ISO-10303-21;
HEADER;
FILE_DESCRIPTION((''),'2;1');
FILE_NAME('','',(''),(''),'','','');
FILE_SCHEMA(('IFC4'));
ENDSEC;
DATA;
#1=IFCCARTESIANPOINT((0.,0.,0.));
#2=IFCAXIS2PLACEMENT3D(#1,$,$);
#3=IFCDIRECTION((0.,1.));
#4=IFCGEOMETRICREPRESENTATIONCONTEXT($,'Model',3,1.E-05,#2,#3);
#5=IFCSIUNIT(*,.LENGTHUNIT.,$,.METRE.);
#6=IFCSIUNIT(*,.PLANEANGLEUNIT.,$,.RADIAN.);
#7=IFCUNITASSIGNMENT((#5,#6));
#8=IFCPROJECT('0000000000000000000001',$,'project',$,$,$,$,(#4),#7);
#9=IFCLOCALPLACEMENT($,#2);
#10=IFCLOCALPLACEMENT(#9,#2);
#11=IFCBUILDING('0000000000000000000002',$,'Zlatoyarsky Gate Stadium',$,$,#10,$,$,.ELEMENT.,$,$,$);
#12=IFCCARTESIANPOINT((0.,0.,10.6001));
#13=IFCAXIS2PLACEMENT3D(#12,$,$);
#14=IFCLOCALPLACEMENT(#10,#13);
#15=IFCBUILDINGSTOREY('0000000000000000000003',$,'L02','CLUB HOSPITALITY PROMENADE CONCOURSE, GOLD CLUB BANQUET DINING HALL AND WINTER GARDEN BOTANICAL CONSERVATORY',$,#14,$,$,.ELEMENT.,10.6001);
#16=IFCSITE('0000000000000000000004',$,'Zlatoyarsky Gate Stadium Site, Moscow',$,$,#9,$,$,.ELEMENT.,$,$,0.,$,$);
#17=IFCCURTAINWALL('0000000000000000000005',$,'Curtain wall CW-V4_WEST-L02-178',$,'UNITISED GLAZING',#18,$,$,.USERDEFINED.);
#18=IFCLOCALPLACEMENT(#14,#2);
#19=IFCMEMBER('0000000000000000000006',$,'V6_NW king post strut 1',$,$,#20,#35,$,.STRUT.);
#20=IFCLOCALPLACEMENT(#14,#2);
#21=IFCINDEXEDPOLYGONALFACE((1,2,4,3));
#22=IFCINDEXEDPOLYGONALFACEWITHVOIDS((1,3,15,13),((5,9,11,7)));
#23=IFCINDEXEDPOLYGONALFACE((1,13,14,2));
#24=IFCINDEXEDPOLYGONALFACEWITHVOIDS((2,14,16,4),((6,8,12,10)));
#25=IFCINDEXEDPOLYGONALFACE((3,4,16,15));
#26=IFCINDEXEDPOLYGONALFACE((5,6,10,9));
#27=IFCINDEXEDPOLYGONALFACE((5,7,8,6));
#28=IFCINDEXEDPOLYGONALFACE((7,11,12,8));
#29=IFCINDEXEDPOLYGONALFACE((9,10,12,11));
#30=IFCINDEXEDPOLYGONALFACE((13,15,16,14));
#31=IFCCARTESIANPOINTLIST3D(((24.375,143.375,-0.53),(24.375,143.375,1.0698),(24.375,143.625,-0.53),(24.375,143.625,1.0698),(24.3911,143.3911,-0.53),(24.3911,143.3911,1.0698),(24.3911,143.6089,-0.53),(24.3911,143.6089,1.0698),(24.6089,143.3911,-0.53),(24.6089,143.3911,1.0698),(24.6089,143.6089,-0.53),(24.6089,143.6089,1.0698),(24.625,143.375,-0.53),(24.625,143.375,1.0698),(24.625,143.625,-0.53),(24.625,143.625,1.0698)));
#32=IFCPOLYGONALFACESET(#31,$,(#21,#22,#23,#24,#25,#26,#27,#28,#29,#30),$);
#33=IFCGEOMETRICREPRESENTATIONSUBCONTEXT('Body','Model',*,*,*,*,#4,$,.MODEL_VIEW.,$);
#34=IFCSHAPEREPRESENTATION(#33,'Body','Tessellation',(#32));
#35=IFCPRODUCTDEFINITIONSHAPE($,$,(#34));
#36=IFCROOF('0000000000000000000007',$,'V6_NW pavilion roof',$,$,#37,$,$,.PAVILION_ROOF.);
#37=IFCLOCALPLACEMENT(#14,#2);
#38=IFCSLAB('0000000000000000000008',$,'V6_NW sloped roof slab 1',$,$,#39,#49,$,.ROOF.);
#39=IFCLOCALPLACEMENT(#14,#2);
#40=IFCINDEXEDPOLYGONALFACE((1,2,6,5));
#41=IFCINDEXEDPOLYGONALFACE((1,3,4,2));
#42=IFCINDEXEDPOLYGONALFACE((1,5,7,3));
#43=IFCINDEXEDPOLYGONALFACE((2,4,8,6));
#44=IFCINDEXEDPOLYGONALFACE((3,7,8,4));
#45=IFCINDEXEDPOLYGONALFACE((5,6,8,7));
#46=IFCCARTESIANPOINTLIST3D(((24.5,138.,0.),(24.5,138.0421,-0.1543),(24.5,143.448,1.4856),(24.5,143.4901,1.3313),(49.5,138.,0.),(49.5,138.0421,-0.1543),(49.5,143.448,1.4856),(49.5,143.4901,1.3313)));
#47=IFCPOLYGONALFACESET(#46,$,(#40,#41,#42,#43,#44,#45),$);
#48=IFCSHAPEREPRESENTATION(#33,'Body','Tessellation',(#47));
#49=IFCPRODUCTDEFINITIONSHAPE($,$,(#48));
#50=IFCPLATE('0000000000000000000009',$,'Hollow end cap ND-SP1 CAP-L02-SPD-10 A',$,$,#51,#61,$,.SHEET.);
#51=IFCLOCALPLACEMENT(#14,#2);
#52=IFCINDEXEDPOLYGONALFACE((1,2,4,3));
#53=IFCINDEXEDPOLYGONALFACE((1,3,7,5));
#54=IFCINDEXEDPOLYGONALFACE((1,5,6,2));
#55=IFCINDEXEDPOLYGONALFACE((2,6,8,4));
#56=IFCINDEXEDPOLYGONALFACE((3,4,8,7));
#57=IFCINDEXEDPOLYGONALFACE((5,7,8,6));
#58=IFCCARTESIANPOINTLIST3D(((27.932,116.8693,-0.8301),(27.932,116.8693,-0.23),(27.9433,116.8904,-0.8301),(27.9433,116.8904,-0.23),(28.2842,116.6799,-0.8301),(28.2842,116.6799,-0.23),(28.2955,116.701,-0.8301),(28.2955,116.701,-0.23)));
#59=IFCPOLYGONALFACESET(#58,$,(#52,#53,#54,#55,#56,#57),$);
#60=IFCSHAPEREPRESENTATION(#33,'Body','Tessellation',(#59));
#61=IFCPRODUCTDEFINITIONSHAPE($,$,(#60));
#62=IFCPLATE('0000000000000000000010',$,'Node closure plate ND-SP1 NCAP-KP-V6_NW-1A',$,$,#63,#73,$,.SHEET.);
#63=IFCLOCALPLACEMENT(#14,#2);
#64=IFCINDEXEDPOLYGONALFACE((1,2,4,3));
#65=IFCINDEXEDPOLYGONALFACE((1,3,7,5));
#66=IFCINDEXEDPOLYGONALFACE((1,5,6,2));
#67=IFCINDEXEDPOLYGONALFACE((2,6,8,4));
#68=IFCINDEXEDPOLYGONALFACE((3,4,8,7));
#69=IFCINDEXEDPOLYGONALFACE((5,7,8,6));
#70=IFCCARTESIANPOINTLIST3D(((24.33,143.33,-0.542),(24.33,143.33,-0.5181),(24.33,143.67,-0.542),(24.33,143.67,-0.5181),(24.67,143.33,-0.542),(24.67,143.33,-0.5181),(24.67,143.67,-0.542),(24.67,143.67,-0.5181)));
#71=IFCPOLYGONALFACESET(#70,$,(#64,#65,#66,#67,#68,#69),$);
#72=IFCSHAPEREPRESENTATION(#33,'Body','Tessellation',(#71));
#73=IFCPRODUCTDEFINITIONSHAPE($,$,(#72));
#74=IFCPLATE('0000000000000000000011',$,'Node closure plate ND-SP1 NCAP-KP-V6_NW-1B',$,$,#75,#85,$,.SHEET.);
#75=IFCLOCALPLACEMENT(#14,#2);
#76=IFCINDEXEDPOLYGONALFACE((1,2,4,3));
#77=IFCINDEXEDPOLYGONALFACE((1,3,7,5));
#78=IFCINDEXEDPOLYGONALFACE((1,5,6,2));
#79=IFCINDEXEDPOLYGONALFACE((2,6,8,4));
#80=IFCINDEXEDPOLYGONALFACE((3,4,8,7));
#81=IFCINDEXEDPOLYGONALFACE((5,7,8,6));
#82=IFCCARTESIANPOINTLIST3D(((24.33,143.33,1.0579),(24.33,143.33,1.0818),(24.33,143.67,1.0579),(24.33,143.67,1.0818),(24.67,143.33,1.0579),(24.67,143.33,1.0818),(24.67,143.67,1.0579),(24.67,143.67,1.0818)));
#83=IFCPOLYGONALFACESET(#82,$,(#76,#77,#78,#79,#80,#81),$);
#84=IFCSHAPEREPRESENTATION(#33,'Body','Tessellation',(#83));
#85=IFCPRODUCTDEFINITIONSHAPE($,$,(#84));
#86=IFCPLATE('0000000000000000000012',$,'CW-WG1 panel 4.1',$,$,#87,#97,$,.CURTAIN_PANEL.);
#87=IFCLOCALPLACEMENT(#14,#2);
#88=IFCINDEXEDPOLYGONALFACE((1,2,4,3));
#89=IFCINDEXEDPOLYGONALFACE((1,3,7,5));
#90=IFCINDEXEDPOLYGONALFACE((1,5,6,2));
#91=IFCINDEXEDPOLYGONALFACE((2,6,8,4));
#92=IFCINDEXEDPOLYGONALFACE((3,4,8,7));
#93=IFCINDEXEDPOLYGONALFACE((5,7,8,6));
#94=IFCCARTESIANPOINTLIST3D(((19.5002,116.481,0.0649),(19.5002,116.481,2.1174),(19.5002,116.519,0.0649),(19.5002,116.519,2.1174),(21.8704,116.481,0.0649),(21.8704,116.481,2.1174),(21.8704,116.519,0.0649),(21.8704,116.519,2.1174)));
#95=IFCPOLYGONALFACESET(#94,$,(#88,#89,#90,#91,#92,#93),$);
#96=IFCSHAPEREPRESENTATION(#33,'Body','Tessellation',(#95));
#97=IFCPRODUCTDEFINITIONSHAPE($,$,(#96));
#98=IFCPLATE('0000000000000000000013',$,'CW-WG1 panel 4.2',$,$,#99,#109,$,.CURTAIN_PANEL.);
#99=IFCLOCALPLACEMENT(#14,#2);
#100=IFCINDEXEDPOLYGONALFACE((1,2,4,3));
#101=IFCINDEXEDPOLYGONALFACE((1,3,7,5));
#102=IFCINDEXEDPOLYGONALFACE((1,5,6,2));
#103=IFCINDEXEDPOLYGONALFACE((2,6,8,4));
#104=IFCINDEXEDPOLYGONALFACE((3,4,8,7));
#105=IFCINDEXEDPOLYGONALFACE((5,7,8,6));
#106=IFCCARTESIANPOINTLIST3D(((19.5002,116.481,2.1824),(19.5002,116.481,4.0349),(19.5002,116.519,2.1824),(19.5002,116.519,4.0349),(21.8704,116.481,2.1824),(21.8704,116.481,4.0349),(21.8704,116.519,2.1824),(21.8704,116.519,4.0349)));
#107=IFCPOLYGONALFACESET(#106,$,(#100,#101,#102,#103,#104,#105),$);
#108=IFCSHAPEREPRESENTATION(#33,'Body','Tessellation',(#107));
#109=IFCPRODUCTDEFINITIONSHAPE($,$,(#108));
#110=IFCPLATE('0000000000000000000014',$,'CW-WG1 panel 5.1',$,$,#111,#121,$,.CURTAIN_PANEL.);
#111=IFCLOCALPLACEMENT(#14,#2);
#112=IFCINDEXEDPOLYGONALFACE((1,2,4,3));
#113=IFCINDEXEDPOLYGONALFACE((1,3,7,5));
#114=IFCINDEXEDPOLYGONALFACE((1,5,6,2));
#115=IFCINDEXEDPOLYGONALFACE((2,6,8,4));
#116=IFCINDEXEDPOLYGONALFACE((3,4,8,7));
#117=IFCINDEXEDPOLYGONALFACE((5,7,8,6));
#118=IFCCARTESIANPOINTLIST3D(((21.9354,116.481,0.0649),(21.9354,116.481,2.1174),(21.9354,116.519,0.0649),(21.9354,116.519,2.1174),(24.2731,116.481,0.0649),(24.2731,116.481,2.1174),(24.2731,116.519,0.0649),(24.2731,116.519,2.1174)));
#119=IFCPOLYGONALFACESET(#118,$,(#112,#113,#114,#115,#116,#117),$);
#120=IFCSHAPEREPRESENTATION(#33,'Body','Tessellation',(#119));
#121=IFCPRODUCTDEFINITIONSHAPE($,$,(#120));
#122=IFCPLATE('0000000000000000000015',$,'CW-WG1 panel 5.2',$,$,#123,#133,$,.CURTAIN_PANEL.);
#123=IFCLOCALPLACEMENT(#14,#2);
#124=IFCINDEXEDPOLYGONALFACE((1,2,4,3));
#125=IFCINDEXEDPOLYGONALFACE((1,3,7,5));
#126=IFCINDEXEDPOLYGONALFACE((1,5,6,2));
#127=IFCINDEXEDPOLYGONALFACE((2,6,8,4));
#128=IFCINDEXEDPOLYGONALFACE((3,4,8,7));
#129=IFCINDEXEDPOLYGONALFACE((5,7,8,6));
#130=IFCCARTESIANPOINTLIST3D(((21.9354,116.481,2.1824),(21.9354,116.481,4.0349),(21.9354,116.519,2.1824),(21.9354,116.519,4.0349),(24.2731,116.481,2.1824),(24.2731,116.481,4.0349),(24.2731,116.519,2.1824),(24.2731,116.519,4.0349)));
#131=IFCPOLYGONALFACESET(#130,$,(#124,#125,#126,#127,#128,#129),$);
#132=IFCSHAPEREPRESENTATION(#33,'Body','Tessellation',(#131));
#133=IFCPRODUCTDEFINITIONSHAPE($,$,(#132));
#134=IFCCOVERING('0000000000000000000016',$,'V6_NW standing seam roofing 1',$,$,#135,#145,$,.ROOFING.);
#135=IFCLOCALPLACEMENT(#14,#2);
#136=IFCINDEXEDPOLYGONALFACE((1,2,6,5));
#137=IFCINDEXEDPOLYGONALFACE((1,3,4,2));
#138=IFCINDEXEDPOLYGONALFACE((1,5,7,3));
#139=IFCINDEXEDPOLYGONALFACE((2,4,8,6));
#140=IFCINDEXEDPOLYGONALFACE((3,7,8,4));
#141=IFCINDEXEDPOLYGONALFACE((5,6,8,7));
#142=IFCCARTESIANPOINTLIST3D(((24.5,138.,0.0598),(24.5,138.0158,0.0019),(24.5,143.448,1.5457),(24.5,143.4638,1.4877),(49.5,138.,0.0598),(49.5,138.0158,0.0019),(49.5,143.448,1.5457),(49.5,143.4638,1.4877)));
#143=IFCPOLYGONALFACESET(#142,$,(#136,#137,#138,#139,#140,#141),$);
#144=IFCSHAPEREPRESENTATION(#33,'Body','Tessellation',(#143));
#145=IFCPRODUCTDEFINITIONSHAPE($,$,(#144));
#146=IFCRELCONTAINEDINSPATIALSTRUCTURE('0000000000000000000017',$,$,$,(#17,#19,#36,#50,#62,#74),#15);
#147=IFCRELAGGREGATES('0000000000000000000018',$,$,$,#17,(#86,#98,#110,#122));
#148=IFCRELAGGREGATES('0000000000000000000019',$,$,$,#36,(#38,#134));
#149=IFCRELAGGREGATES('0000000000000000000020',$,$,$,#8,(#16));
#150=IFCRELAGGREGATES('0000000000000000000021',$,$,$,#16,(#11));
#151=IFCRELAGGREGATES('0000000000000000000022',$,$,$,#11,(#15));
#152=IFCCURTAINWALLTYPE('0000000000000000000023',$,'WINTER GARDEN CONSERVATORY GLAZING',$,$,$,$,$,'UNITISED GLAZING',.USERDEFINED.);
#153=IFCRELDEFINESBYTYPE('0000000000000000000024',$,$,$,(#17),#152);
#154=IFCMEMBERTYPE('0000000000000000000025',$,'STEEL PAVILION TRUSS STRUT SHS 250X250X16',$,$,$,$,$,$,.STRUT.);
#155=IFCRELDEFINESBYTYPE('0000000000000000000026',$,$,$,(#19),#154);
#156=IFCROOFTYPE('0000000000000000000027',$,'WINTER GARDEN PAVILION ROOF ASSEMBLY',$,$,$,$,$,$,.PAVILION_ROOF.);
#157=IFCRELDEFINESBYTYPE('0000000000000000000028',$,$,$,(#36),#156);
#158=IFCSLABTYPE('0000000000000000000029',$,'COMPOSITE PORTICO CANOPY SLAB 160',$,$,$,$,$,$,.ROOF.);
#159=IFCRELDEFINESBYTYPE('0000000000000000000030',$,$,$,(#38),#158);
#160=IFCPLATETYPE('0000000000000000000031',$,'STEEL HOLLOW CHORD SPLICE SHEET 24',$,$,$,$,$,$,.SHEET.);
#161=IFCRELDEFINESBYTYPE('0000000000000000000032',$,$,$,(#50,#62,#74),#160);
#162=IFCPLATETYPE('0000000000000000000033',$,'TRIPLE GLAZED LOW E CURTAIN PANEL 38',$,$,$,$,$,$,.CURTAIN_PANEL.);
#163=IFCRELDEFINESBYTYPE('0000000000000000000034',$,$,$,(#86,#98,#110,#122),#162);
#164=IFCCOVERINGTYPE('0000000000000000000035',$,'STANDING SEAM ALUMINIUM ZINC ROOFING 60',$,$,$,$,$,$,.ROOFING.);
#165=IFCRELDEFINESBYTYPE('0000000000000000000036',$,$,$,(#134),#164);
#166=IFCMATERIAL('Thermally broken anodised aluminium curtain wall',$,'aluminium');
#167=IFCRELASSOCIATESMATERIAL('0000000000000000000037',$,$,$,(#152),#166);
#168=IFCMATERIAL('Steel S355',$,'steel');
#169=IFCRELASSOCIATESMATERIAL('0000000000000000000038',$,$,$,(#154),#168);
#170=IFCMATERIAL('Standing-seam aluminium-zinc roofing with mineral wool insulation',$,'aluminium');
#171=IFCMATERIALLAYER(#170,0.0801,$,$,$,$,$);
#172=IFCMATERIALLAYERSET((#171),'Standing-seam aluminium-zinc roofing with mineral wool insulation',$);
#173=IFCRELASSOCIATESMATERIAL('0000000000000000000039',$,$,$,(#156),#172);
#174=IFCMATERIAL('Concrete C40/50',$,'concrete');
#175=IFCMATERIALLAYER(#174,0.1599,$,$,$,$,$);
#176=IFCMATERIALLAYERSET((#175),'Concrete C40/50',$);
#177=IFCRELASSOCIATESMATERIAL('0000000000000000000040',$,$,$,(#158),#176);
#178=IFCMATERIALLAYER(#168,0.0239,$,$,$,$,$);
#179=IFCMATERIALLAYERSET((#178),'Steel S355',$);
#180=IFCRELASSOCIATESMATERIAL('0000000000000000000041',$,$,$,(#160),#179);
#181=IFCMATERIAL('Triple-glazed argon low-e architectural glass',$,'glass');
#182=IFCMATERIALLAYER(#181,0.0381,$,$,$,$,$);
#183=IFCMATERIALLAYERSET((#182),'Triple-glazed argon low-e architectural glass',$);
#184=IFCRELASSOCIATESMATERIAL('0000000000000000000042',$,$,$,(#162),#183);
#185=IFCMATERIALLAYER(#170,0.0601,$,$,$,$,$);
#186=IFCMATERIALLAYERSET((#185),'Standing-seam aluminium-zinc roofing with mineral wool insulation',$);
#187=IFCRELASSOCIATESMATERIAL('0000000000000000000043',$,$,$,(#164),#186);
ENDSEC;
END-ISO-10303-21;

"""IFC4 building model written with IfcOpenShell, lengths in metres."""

from ifc_helpers import new_model, si_unit, direction, frame, origin, origin_2d, place, context, subcontext, project, spatial, polyline, rectangle, hollow_rectangle, outline, extrude, material, layer, layer_set, material_profile, profile_set, type_object, element, aggregate, save


model = new_model("IFC4")

# Units and contexts
model_context = context("Model", 3, precision=1e-05, world=origin(), true_north=direction((0.0, 1.0)))
body_context = subcontext(model_context, "Body", "Model", "MODEL_VIEW")
ifc_project = project(units=[si_unit("LENGTHUNIT", "METRE"), si_unit("PLANEANGLEUNIT", "RADIAN")], contexts=[model_context])

# Site, building, storey
site_placement = place(None, origin())
site = spatial("IfcSite", under=ifc_project, at=site_placement, Name="Zlatoyarsky Gate Stadium Site, Moscow", CompositionType="ELEMENT", RefElevation=0.0)
building_placement = place(site_placement, origin())
building = spatial("IfcBuilding", under=site, at=building_placement, Name="Zlatoyarsky Gate Stadium", CompositionType="ELEMENT")
storey_placement = place(building_placement, frame((0.0, 0.0, 10.6001)))
storey = spatial("IfcBuildingStorey", under=building, at=storey_placement, Name="L02", Description="CLUB HOSPITALITY PROMENADE CONCOURSE, GOLD CLUB BANQUET DINING HALL AND WINTER GARDEN BOTANICAL CONSERVATORY", CompositionType="ELEMENT", Elevation=10.6001)

# Shared definitions
ifc_material_1 = material(Name="Steel S355", Category="steel")

# Curtain wall
ifc_material_2 = material(Name="Thermally broken anodised aluminium curtain wall", Category="aluminium")
curtain_wall_type = type_object("IfcCurtainWallType", Name="WINTER GARDEN CONSERVATORY GLAZING", ElementType="UNITISED GLAZING", PredefinedType="USERDEFINED", material=ifc_material_2)
curtain_wall_placement = place(storey_placement, origin())
curtain_wall = element("IfcCurtainWall", 1, at=curtain_wall_placement, inside=storey, type_object=curtain_wall_type, Name="Curtain wall CW-V4_WEST-L02-178", ObjectType="UNITISED GLAZING", PredefinedType="USERDEFINED")

# Member
ifc_material_profile_1 = material_profile(ifc_material_1, hollow_rectangle(XDim=0.25, YDim=0.25, WallThickness=0.0161, at=origin_2d()), Name="SHS 250X250X16")
ifc_profile_set_1 = profile_set([ifc_material_profile_1], Name="Steel S355")
member_type_1 = type_object("IfcMemberType", Name="STEEL PAVILION TRUSS STRUT SHS 250X250X16", PredefinedType="STRUT", material=ifc_profile_set_1)
member_1_placement = place(storey_placement, frame((24.5, 143.5, -0.53), z_axis=(0.0, 0.0, 1.0), x_axis=(1.0, 0.0, 0.0)))
element("IfcMember", 2, at=member_1_placement, inside=storey, type_object=member_type_1, Name="V6_NW king post strut 1", PredefinedType="STRUT", context=body_context, shape_type="SweptSolid", body=[
    extrude(hollow_rectangle(XDim=0.25, YDim=0.25, WallThickness=0.0161, at=origin_2d()), origin(), (0.0, 0.0, 1.0), 1.5999),
])

# Roof, slab
ifc_material_3 = material(Name="Standing-seam aluminium-zinc roofing with mineral wool insulation", Category="aluminium")
ifc_layer_1 = layer(ifc_material_3, 0.0801)
ifc_layer_set_1 = layer_set([ifc_layer_1], Name="Standing-seam aluminium-zinc roofing with mineral wool insulation")
roof_type = type_object("IfcRoofType", Name="WINTER GARDEN PAVILION ROOF ASSEMBLY", PredefinedType="PAVILION_ROOF", material=ifc_layer_set_1)
roof_placement = place(storey_placement, origin())
roof = element("IfcRoof", 3, at=roof_placement, inside=storey, type_object=roof_type, Name="V6_NW pavilion roof", PredefinedType="PAVILION_ROOF")
ifc_material_4 = material(Name="Concrete C40/50", Category="concrete")
ifc_layer_2 = layer(ifc_material_4, 0.1599)
ifc_layer_set_2 = layer_set([ifc_layer_2], Name="Concrete C40/50")
slab_type = type_object("IfcSlabType", Name="COMPOSITE PORTICO CANOPY SLAB 160", PredefinedType="ROOF", material=ifc_layer_set_2)
slab_placement = place(storey_placement, frame((24.5, 138.0, 0.0), z_axis=(0.0, -0.263081, 0.964774), x_axis=(1.0, 0.0, 0.0)))
slab = element("IfcSlab", 4, at=slab_placement, type_object=slab_type, Name="V6_NW sloped roof slab 1", PredefinedType="ROOF", context=body_context, shape_type="SweptSolid", body=[
    extrude(outline(polyline([(0.0, 0.0), (25.0, 0.0), (25.0, 5.6469), (0.0, 5.6469), (0.0, 0.0)])), origin(), (0.0, 0.0, -1.0), 0.1599),
])

# Plates
ifc_layer_3 = layer(ifc_material_1, 0.0239)
ifc_layer_set_3 = layer_set([ifc_layer_3], Name="Steel S355")
plate_type_1 = type_object("IfcPlateType", Name="STEEL HOLLOW CHORD SPLICE SHEET 24", PredefinedType="SHEET", material=ifc_layer_set_3)
plate_1_placement = place(storey_placement, frame((28.1138, 116.7852, -0.8301), z_axis=(0.0, 0.0, 1.0), x_axis=(-0.473714, -0.880679, 0.0)))
element("IfcPlate", 5, at=plate_1_placement, inside=storey, type_object=plate_type_1, Name="Hollow end cap ND-SP1 CAP-L02-SPD-10 A", PredefinedType="SHEET", context=body_context, shape_type="SweptSolid", body=[
    extrude(rectangle(XDim=0.0239, YDim=0.3999, at=origin_2d()), origin(), (0.0, 0.0, 1.0), 0.6001),
])
for number, where, z_axis, x_axis, name in (
    (6, (24.5, 143.5, -0.542), (0.0, 0.0, 1.0), (1.0, 0.0, 0.0), "Node closure plate ND-SP1 NCAP-KP-V6_NW-1A"),
    (7, (24.5, 143.5, 1.0579), (0.0, 0.0, 1.0), (1.0, 0.0, 0.0), "Node closure plate ND-SP1 NCAP-KP-V6_NW-1B"),
):
    element("IfcPlate", number, at=place(storey_placement, frame(where, z_axis=z_axis, x_axis=x_axis)), inside=storey, type_object=plate_type_1, Name=name, PredefinedType="SHEET", context=body_context, shape_type="SweptSolid", body=[
        extrude(rectangle(XDim=0.3401, YDim=0.3401, at=origin_2d()), origin(), (0.0, 0.0, 1.0), 0.0239),
    ])

# Plates
ifc_material_5 = material(Name="Triple-glazed argon low-e architectural glass", Category="glass")
ifc_layer_4 = layer(ifc_material_5, 0.0381)
ifc_layer_set_4 = layer_set([ifc_layer_4], Name="Triple-glazed argon low-e architectural glass")
plate_type_2 = type_object("IfcPlateType", Name="TRIPLE GLAZED LOW E CURTAIN PANEL 38", PredefinedType="CURTAIN_PANEL", material=ifc_layer_set_4)
plate_2_placement = place(storey_placement, frame((20.6853, 116.5, 0.0649), z_axis=(0.0, 0.0, 1.0), x_axis=(1.0, 0.0, 0.0)))
plate_2 = element("IfcPlate", 8, at=plate_2_placement, type_object=plate_type_2, Name="CW-WG1 panel 4.1", PredefinedType="CURTAIN_PANEL", context=body_context, shape_type="SweptSolid", body=[
    extrude(rectangle(XDim=2.3701, YDim=0.0381, at=origin_2d()), origin(), (0.0, 0.0, 1.0), 2.0525),
])
plate_3_placement = place(storey_placement, frame((20.6853, 116.5, 2.1824), z_axis=(0.0, 0.0, 1.0), x_axis=(1.0, 0.0, 0.0)))
plate_3 = element("IfcPlate", 9, at=plate_3_placement, type_object=plate_type_2, Name="CW-WG1 panel 4.2", PredefinedType="CURTAIN_PANEL", context=body_context, shape_type="SweptSolid", body=[
    extrude(rectangle(XDim=2.3701, YDim=0.0381, at=origin_2d()), origin(), (0.0, 0.0, 1.0), 1.8525),
])
plate_4_placement = place(storey_placement, frame((23.1042, 116.5, 0.0649), z_axis=(0.0, 0.0, 1.0), x_axis=(1.0, 0.0, 0.0)))
plate_4 = element("IfcPlate", 10, at=plate_4_placement, type_object=plate_type_2, Name="CW-WG1 panel 5.1", PredefinedType="CURTAIN_PANEL", context=body_context, shape_type="SweptSolid", body=[
    extrude(rectangle(XDim=2.3376, YDim=0.0381, at=origin_2d()), origin(), (0.0, 0.0, 1.0), 2.0525),
])
plate_5_placement = place(storey_placement, frame((23.1042, 116.5, 2.1824), z_axis=(0.0, 0.0, 1.0), x_axis=(1.0, 0.0, 0.0)))
plate_5 = element("IfcPlate", 11, at=plate_5_placement, type_object=plate_type_2, Name="CW-WG1 panel 5.2", PredefinedType="CURTAIN_PANEL", context=body_context, shape_type="SweptSolid", body=[
    extrude(rectangle(XDim=2.3376, YDim=0.0381, at=origin_2d()), origin(), (0.0, 0.0, 1.0), 1.8525),
])
aggregate(curtain_wall, [plate_2, plate_3, plate_4, plate_5])

# Covering
ifc_layer_5 = layer(ifc_material_3, 0.0601)
ifc_layer_set_5 = layer_set([ifc_layer_5], Name="Standing-seam aluminium-zinc roofing with mineral wool insulation")
covering_type = type_object("IfcCoveringType", Name="STANDING SEAM ALUMINIUM ZINC ROOFING 60", PredefinedType="ROOFING", material=ifc_layer_set_5)
covering_placement = place(storey_placement, frame((24.5, 138.0, 0.0598), z_axis=(0.0, -0.263121, 0.964763), x_axis=(1.0, 0.0, 0.0)))
covering = element("IfcCovering", 12, at=covering_placement, type_object=covering_type, Name="V6_NW standing seam roofing 1", PredefinedType="ROOFING", context=body_context, shape_type="SweptSolid", body=[
    extrude(outline(polyline([(0.0, 0.0), (25.0, 0.0), (25.0, 5.647), (0.0, 5.647), (0.0, 0.0)])), origin(), (0.0, 0.0, -1.0), 0.0601),
])
aggregate(roof, [slab, covering])

save(model, "model.ifc")
